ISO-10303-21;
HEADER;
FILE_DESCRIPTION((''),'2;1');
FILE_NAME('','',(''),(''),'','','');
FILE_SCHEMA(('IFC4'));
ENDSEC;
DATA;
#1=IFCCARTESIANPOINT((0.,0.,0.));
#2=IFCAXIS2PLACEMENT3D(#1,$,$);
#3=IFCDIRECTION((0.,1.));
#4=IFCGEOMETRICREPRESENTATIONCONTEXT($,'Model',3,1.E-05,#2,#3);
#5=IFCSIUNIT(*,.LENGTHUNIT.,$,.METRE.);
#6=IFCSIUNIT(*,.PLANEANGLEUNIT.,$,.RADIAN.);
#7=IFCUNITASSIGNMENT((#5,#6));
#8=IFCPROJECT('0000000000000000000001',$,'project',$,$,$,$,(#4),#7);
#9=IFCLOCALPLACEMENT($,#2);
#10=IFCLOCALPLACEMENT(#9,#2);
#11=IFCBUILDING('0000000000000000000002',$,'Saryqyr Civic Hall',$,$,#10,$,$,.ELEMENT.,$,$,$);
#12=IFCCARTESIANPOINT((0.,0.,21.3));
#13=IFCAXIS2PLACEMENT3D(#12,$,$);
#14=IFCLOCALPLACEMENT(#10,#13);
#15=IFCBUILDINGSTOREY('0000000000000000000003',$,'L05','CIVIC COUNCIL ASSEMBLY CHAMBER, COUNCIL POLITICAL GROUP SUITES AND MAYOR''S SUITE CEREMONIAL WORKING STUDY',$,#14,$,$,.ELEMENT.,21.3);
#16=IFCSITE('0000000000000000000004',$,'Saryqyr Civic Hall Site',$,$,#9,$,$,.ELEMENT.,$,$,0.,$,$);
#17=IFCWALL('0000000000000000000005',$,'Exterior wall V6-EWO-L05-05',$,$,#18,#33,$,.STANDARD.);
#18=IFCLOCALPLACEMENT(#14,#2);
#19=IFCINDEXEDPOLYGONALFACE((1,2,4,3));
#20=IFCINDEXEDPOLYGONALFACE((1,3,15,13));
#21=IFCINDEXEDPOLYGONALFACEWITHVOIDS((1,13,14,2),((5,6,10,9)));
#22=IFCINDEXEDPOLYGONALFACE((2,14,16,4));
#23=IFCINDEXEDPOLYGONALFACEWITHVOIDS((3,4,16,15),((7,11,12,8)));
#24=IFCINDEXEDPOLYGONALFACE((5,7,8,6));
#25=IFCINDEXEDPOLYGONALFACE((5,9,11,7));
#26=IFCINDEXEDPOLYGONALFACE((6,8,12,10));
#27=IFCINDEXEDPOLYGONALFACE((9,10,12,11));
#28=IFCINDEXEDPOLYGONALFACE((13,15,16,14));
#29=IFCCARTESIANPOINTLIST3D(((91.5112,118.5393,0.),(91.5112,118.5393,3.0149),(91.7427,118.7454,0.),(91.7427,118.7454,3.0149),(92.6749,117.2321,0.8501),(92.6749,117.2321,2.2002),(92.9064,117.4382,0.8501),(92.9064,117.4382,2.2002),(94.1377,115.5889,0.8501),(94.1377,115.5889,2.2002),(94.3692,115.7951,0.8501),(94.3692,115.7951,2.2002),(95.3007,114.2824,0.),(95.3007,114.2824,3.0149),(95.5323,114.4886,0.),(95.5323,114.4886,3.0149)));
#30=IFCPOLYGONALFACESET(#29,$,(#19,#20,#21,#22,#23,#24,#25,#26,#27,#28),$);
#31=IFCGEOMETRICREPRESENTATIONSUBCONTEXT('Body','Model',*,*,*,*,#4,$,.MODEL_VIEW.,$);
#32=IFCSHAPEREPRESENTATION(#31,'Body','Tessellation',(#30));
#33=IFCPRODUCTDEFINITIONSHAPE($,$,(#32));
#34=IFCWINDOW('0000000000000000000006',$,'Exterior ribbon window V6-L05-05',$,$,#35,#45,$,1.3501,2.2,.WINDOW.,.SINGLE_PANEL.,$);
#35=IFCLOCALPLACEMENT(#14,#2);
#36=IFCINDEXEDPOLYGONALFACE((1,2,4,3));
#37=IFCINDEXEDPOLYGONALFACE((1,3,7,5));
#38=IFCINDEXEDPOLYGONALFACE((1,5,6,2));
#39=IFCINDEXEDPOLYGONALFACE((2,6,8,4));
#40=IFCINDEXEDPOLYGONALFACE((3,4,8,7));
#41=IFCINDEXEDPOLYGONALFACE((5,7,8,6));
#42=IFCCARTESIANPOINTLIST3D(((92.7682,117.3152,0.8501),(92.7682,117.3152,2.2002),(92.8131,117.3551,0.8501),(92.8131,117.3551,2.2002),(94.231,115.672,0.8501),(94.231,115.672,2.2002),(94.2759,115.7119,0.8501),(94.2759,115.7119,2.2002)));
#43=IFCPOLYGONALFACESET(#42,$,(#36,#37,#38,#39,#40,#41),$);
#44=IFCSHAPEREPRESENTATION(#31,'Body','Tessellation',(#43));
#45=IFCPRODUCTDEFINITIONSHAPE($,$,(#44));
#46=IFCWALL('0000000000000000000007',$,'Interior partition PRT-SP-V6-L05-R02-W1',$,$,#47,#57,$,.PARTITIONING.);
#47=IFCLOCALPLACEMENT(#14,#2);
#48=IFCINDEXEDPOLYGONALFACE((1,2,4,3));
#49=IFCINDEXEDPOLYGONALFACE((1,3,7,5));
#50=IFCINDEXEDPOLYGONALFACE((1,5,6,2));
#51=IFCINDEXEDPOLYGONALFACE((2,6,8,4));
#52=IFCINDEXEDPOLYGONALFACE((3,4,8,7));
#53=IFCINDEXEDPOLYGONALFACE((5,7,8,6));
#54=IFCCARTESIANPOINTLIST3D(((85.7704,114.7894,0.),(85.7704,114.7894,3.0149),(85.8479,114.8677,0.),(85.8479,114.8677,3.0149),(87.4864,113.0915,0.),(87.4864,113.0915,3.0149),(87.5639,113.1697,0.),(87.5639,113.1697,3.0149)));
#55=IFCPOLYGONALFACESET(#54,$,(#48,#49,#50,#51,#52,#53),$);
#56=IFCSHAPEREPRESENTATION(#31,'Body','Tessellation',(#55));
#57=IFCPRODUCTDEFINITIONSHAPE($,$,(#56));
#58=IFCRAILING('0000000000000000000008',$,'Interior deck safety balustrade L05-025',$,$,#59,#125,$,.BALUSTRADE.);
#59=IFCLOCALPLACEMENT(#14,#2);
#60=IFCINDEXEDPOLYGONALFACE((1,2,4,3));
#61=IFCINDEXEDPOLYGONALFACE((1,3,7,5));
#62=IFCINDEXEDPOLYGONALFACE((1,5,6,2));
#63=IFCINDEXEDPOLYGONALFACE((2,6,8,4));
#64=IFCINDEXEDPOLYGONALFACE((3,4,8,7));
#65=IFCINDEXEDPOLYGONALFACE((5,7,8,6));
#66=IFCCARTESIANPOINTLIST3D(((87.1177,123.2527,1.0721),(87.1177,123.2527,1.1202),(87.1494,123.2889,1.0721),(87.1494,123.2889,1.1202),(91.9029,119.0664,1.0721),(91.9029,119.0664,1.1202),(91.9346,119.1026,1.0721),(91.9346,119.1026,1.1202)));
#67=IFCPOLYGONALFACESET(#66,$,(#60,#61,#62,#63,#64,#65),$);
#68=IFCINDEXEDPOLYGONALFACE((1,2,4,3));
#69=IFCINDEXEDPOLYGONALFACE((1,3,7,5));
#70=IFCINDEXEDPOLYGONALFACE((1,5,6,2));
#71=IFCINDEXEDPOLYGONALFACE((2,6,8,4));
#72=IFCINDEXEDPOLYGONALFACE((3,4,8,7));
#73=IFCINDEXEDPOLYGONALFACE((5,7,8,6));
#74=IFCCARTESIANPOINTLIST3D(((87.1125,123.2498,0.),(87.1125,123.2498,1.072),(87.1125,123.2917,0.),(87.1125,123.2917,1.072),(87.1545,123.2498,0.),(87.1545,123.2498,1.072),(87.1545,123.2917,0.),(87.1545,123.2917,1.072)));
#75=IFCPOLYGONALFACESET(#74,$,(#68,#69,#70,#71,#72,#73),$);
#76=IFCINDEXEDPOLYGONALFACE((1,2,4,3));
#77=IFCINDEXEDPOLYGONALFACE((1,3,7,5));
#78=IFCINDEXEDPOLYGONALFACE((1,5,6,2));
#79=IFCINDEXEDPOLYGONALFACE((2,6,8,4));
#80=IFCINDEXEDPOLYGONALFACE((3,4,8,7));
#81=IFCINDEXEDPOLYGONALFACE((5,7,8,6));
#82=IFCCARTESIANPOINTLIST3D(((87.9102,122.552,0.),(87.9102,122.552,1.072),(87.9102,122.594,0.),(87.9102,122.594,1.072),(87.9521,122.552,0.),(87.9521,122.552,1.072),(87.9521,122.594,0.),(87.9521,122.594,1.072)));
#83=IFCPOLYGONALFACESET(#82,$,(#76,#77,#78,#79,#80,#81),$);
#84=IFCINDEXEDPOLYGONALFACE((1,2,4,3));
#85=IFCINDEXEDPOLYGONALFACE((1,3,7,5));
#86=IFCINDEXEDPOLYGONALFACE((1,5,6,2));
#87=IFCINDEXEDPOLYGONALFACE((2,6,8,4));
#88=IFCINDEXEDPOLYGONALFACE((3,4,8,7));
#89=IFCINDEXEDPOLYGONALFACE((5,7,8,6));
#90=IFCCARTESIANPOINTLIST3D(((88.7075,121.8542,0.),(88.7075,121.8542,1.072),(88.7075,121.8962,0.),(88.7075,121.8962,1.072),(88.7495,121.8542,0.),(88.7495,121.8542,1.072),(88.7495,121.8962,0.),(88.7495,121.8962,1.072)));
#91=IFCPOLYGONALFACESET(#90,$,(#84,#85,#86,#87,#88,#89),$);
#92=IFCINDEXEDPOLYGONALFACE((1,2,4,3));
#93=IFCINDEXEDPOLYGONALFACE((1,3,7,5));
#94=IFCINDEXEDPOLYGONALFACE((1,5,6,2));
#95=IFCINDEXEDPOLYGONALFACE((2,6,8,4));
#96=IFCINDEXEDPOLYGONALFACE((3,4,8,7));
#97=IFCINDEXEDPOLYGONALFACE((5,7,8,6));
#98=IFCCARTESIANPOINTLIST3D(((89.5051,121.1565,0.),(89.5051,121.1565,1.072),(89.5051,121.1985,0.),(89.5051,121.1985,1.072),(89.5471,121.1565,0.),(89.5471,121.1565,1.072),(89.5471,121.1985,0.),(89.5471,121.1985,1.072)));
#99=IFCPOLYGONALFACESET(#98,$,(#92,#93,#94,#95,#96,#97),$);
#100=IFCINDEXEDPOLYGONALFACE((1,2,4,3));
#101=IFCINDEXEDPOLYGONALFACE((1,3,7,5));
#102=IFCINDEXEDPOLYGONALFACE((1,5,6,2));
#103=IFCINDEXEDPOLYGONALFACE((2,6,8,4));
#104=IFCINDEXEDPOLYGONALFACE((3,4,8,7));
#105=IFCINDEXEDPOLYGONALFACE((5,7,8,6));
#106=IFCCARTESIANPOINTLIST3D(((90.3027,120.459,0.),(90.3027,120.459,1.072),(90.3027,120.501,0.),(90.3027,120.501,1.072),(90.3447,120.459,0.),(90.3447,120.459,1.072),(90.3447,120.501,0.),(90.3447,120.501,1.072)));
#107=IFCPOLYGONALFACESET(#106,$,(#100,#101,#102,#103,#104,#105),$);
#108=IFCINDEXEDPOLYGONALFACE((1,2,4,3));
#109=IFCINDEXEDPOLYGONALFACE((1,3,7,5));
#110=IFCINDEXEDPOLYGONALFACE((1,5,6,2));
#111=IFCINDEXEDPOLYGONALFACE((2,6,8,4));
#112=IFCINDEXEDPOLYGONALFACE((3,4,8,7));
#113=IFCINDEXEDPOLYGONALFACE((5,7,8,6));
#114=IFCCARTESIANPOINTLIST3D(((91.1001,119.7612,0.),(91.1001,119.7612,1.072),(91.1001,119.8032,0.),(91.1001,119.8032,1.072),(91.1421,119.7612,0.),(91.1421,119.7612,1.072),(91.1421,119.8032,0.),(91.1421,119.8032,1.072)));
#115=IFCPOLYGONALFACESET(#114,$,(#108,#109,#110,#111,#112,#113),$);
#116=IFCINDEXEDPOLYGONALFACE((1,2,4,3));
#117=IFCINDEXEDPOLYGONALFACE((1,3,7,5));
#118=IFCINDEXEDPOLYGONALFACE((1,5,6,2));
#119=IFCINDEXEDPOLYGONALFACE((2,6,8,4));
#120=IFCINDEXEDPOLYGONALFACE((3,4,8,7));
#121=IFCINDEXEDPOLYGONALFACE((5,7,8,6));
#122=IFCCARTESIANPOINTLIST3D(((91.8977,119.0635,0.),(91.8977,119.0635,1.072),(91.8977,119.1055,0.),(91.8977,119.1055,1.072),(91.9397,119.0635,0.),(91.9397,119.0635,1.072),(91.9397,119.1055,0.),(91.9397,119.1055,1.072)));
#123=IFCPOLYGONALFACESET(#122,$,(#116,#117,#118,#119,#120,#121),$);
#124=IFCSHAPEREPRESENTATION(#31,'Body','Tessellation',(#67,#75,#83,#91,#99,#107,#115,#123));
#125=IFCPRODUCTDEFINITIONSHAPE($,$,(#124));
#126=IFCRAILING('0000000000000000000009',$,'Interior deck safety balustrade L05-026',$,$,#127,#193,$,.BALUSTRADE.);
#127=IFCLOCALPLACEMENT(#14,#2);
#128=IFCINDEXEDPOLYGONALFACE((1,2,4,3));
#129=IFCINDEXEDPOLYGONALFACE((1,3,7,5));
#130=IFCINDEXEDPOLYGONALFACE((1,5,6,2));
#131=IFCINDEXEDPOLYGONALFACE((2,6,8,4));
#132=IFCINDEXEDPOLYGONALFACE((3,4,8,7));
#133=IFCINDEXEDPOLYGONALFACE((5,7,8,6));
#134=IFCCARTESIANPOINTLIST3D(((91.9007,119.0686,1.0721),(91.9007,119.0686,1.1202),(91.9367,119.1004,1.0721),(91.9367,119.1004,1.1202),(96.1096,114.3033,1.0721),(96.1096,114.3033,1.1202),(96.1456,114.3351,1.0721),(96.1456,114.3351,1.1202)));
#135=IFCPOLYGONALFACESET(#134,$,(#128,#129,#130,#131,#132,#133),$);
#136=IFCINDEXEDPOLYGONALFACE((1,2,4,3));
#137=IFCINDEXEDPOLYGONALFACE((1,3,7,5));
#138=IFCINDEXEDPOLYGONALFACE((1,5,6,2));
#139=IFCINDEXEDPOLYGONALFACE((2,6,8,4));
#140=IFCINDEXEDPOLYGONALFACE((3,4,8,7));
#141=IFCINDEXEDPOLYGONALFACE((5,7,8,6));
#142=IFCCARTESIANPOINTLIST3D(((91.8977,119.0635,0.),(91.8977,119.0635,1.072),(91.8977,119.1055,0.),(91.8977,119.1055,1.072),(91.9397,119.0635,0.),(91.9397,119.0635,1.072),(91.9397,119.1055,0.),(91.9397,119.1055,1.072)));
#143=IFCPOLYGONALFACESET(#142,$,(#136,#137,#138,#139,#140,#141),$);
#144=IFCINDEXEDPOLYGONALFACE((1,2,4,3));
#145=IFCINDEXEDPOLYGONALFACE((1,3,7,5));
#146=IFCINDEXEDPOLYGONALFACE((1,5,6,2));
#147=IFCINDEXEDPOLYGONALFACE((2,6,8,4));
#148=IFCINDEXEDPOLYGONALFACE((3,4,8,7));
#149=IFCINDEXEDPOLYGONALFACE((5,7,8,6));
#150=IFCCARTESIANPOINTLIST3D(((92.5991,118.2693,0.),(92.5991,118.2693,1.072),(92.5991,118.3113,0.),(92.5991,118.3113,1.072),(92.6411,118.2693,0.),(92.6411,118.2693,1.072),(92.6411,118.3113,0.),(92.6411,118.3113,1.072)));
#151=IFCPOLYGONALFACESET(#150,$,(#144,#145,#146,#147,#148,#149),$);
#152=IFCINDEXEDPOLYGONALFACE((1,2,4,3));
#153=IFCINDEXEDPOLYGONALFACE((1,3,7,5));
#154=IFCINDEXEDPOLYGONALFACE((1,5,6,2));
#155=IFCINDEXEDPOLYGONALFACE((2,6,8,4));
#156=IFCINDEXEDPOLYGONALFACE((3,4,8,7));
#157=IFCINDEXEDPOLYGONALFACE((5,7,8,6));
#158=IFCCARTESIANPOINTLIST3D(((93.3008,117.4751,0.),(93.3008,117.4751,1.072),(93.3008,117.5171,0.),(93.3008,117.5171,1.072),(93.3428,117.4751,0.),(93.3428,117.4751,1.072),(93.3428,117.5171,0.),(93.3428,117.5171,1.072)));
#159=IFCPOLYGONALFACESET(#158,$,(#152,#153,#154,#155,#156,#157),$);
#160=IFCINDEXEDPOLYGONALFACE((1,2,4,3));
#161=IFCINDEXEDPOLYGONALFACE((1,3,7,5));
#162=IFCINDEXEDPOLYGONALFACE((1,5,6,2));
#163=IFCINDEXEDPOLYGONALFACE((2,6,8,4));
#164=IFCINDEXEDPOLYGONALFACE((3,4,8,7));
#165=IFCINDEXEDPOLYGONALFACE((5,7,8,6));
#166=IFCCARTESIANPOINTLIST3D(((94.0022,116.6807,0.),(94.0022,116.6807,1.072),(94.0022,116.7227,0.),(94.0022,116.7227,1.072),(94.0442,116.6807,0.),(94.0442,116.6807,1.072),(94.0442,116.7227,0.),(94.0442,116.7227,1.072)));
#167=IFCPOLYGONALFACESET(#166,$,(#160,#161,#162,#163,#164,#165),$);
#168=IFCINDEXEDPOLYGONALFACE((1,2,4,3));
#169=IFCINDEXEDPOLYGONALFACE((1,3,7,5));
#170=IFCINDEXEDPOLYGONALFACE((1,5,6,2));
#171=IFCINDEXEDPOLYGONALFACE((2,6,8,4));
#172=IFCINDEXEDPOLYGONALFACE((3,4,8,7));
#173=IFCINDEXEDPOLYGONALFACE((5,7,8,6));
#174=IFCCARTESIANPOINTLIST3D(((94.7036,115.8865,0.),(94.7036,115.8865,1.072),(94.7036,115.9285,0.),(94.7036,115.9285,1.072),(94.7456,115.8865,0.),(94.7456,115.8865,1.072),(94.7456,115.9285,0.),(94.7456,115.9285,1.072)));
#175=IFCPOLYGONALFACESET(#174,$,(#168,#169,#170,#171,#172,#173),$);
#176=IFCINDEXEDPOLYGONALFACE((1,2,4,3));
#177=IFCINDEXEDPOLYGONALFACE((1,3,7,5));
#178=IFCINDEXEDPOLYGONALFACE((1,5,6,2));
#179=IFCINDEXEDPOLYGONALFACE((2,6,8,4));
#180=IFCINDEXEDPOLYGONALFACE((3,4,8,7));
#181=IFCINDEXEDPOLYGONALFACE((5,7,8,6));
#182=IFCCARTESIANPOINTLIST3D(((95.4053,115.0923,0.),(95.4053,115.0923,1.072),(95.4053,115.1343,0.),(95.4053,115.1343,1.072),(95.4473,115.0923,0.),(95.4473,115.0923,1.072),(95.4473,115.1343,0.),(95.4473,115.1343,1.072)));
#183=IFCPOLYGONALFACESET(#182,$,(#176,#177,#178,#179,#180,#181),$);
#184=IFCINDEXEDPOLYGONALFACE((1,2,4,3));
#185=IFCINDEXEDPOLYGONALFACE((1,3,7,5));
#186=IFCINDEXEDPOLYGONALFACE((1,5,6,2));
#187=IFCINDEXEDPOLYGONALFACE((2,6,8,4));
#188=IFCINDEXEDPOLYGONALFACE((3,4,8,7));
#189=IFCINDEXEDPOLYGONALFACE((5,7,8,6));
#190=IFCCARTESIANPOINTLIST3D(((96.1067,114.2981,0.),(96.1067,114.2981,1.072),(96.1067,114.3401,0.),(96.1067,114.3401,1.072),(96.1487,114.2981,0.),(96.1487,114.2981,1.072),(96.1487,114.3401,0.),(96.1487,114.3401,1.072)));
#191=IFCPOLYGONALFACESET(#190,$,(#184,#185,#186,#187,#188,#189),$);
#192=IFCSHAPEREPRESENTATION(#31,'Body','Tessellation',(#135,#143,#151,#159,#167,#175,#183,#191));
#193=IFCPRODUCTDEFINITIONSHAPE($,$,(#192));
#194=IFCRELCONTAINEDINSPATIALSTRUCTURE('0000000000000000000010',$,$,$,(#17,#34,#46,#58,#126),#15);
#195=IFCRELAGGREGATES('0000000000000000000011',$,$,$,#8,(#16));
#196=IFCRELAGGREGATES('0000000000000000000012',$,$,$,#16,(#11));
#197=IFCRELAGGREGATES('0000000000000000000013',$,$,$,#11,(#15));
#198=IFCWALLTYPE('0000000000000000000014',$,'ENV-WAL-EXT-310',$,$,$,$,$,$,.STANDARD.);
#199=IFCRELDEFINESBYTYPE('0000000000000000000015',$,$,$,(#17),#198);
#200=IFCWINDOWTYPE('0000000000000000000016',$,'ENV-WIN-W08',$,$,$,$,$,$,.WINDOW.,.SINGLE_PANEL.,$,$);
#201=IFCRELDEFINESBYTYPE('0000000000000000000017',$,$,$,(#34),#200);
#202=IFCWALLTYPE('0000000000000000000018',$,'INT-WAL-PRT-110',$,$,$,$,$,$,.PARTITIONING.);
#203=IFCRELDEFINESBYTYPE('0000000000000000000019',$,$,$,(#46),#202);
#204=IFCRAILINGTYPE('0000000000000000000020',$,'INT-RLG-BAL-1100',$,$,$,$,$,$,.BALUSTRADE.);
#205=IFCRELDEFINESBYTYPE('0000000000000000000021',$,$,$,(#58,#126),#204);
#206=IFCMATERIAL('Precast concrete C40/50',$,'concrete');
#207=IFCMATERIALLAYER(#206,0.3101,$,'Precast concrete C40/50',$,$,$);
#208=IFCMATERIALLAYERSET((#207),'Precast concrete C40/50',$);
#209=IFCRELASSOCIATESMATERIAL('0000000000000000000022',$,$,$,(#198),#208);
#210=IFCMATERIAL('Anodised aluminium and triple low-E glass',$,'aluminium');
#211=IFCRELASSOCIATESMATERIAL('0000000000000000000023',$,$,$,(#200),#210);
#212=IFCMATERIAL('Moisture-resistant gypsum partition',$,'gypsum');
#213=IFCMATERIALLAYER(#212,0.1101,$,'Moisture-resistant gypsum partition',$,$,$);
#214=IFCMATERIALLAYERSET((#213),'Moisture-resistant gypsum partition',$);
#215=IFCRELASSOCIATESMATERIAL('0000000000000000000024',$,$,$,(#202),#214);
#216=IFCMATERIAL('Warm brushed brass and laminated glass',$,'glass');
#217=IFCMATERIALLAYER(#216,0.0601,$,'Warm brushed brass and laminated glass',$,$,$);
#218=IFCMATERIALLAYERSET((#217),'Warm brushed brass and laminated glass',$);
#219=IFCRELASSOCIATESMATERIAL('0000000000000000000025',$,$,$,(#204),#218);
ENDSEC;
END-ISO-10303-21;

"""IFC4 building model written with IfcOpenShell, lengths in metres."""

from ifc_helpers import new_model, si_unit, direction, frame, frame_2d, origin, origin_2d, place, context, subcontext, project, spatial, rectangle, extrude, material, layer, layer_set, type_object, element, fill, save


model = new_model("IFC4")

# Units and contexts
model_context = context("Model", 3, precision=1e-05, world=origin(), true_north=direction((0.0, 1.0)))
body_context = subcontext(model_context, "Body", "Model", "MODEL_VIEW")
ifc_project = project(units=[si_unit("LENGTHUNIT", "METRE"), si_unit("PLANEANGLEUNIT", "RADIAN")], contexts=[model_context])

# Site, building, storey
site_placement = place(None, origin())
site = spatial("IfcSite", under=ifc_project, at=site_placement, Name="Saryqyr Civic Hall Site", CompositionType="ELEMENT", RefElevation=0.0)
building_placement = place(site_placement, origin())
building = spatial("IfcBuilding", under=site, at=building_placement, Name="Saryqyr Civic Hall", CompositionType="ELEMENT")
storey_placement = place(building_placement, frame((0.0, 0.0, 21.3)))
storey = spatial("IfcBuildingStorey", under=building, at=storey_placement, Name="L05", Description="CIVIC COUNCIL ASSEMBLY CHAMBER, COUNCIL POLITICAL GROUP SUITES AND MAYOR'S SUITE CEREMONIAL WORKING STUDY", CompositionType="ELEMENT", Elevation=21.3)

# Shared definitions
ifc_material_1 = material(Name="Anodised aluminium and triple low-E glass", Category="aluminium")

# Wall, opening, window
ifc_material_2 = material(Name="Precast concrete C40/50", Category="concrete")
ifc_layer_1 = layer(ifc_material_2, 0.3101, Name="Precast concrete C40/50")
ifc_layer_set_1 = layer_set([ifc_layer_1], Name="Precast concrete C40/50")
wall_type_1 = type_object("IfcWallType", Name="ENV-WAL-EXT-310", PredefinedType="STANDARD", material=ifc_layer_set_1)
wall_1_placement = place(storey_placement, frame((91.627, 118.6423, 0.0), z_axis=(0.0, 0.0, 1.0), x_axis=(0.664922, -0.746913, 0.0)))
wall_1 = element("IfcWall", 1, at=wall_1_placement, inside=storey, type_object=wall_type_1, Name="Exterior wall V6-EWO-L05-05", PredefinedType="STANDARD", context=body_context, shape_type="SweptSolid", body=[
    extrude(rectangle(XDim=5.6992, YDim=0.3101, at=frame_2d((2.8496, 0.0))), origin(), (0.0, 0.0, 1.0), 3.0149),
])
opening_placement = place(wall_1_placement, frame((1.75, 0.0, 0.8501)))
opening = element("IfcOpeningElement", 2, at=opening_placement, cuts=wall_1, PredefinedType="OPENING", context=body_context, shape_type="SweptSolid", body=[
    extrude(rectangle(XDim=2.2, YDim=1.3501, at=frame_2d((1.1001, 0.675))), frame((0.0, 0.165, 0.0), z_axis=(0.0, -1.0, 0.0), x_axis=(1.0, 0.0, 0.0)), (0.0, 0.0, 1.0), 0.3301),
])
window_type = type_object("IfcWindowType", Name="ENV-WIN-W08", PartitioningType="SINGLE_PANEL", PredefinedType="WINDOW", material=ifc_material_1)
window_placement = place(opening_placement, origin())
window = element("IfcWindow", 3, at=window_placement, inside=storey, type_object=window_type, Name="Exterior ribbon window V6-L05-05", OverallHeight=1.3501, OverallWidth=2.2, PartitioningType="SINGLE_PANEL", PredefinedType="WINDOW", context=body_context, shape_type="SweptSolid", body=[
    extrude(rectangle(XDim=2.2, YDim=1.3501, at=frame_2d((1.1001, 0.675))), frame((0.0, 0.03, 0.0), z_axis=(0.0, -1.0, 0.0), x_axis=(1.0, 0.0, 0.0)), (0.0, 0.0, 1.0), 0.0601),
])
fill(opening, window)

# Wall
ifc_material_3 = material(Name="Moisture-resistant gypsum partition", Category="gypsum")
ifc_layer_2 = layer(ifc_material_3, 0.1101, Name="Moisture-resistant gypsum partition")
ifc_layer_set_2 = layer_set([ifc_layer_2], Name="Moisture-resistant gypsum partition")
wall_type_2 = type_object("IfcWallType", Name="INT-WAL-PRT-110", PredefinedType="PARTITIONING", material=ifc_layer_set_2)
wall_2_placement = place(storey_placement, frame((87.5251, 113.1306, 0.0), z_axis=(0.0, 0.0, 1.0), x_axis=(-0.710839, 0.703355, 0.0)))
element("IfcWall", 4, at=wall_2_placement, inside=storey, type_object=wall_type_2, Name="Interior partition PRT-SP-V6-L05-R02-W1", PredefinedType="PARTITIONING", context=body_context, shape_type="SweptSolid", body=[
    extrude(rectangle(XDim=2.4141, YDim=0.1101, at=frame_2d((1.207, 0.0))), origin(), (0.0, 0.0, 1.0), 3.0149),
])

# Railings
ifc_material_4 = material(Name="Warm brushed brass and laminated glass", Category="glass")
ifc_layer_3 = layer(ifc_material_4, 0.0601, Name="Warm brushed brass and laminated glass")
ifc_layer_set_3 = layer_set([ifc_layer_3], Name="Warm brushed brass and laminated glass")
railing_type = type_object("IfcRailingType", Name="INT-RLG-BAL-1100", PredefinedType="BALUSTRADE", material=ifc_layer_set_3)
railing_1_placement = place(storey_placement, frame((87.1335, 123.2708, 0.0)))
element("IfcRailing", 5, at=railing_1_placement, inside=storey, type_object=railing_type, Name="Interior deck safety balustrade L05-025", PredefinedType="BALUSTRADE", context=body_context, shape_type="SweptSolid", body=[
    extrude(rectangle(XDim=0.0481, YDim=0.0481, at=origin_2d()), frame((0.0, 0.0, 1.0962), z_axis=(0.752634, -0.658439, 0.0), x_axis=(0.658439, 0.752634, 0.0)), (0.0, 0.0, 1.0), 6.3579),
    extrude(rectangle(XDim=0.042, YDim=0.042, at=origin_2d()), origin(), (0.0, 0.0, 1.0), 1.072),
    extrude(rectangle(XDim=0.042, YDim=0.042, at=origin_2d()), frame((0.7976, -0.6978, 0.0)), (0.0, 0.0, 1.0), 1.072),
    extrude(rectangle(XDim=0.042, YDim=0.042, at=origin_2d()), frame((1.595, -1.3955, 0.0)), (0.0, 0.0, 1.0), 1.072),
    extrude(rectangle(XDim=0.042, YDim=0.042, at=origin_2d()), frame((2.3926, -2.0933, 0.0)), (0.0, 0.0, 1.0), 1.072),
    extrude(rectangle(XDim=0.042, YDim=0.042, at=origin_2d()), frame((3.1902, -2.7908, 0.0)), (0.0, 0.0, 1.0), 1.072),
    extrude(rectangle(XDim=0.042, YDim=0.042, at=origin_2d()), frame((3.9875, -3.4885, 0.0)), (0.0, 0.0, 1.0), 1.072),
    extrude(rectangle(XDim=0.042, YDim=0.042, at=origin_2d()), frame((4.7852, -4.1863, 0.0)), (0.0, 0.0, 1.0), 1.072),
])
railing_2_placement = place(storey_placement, frame((91.9187, 119.0845, 0.0)))
element("IfcRailing", 6, at=railing_2_placement, inside=storey, type_object=railing_type, Name="Interior deck safety balustrade L05-026", PredefinedType="BALUSTRADE", context=body_context, shape_type="SweptSolid", body=[
    extrude(rectangle(XDim=0.0481, YDim=0.0481, at=origin_2d()), frame((0.0, 0.0, 1.0962), z_axis=(0.661996, -0.749507, 0.0), x_axis=(0.749507, 0.661996, 0.0)), (0.0, 0.0, 1.0), 6.3579),
    extrude(rectangle(XDim=0.042, YDim=0.042, at=origin_2d()), origin(), (0.0, 0.0, 1.0), 1.072),
    extrude(rectangle(XDim=0.042, YDim=0.042, at=origin_2d()), frame((0.7014, -0.7942, 0.0)), (0.0, 0.0, 1.0), 1.072),
    extrude(rectangle(XDim=0.042, YDim=0.042, at=origin_2d()), frame((1.4031, -1.5884, 0.0)), (0.0, 0.0, 1.0), 1.072),
    extrude(rectangle(XDim=0.042, YDim=0.042, at=origin_2d()), frame((2.1045, -2.3828, 0.0)), (0.0, 0.0, 1.0), 1.072),
    extrude(rectangle(XDim=0.042, YDim=0.042, at=origin_2d()), frame((2.8059, -3.177, 0.0)), (0.0, 0.0, 1.0), 1.072),
    extrude(rectangle(XDim=0.042, YDim=0.042, at=origin_2d()), frame((3.5076, -3.9712, 0.0)), (0.0, 0.0, 1.0), 1.072),
    extrude(rectangle(XDim=0.042, YDim=0.042, at=origin_2d()), frame((4.209, -4.7654, 0.0)), (0.0, 0.0, 1.0), 1.072),
])

save(model, "model.ifc")
